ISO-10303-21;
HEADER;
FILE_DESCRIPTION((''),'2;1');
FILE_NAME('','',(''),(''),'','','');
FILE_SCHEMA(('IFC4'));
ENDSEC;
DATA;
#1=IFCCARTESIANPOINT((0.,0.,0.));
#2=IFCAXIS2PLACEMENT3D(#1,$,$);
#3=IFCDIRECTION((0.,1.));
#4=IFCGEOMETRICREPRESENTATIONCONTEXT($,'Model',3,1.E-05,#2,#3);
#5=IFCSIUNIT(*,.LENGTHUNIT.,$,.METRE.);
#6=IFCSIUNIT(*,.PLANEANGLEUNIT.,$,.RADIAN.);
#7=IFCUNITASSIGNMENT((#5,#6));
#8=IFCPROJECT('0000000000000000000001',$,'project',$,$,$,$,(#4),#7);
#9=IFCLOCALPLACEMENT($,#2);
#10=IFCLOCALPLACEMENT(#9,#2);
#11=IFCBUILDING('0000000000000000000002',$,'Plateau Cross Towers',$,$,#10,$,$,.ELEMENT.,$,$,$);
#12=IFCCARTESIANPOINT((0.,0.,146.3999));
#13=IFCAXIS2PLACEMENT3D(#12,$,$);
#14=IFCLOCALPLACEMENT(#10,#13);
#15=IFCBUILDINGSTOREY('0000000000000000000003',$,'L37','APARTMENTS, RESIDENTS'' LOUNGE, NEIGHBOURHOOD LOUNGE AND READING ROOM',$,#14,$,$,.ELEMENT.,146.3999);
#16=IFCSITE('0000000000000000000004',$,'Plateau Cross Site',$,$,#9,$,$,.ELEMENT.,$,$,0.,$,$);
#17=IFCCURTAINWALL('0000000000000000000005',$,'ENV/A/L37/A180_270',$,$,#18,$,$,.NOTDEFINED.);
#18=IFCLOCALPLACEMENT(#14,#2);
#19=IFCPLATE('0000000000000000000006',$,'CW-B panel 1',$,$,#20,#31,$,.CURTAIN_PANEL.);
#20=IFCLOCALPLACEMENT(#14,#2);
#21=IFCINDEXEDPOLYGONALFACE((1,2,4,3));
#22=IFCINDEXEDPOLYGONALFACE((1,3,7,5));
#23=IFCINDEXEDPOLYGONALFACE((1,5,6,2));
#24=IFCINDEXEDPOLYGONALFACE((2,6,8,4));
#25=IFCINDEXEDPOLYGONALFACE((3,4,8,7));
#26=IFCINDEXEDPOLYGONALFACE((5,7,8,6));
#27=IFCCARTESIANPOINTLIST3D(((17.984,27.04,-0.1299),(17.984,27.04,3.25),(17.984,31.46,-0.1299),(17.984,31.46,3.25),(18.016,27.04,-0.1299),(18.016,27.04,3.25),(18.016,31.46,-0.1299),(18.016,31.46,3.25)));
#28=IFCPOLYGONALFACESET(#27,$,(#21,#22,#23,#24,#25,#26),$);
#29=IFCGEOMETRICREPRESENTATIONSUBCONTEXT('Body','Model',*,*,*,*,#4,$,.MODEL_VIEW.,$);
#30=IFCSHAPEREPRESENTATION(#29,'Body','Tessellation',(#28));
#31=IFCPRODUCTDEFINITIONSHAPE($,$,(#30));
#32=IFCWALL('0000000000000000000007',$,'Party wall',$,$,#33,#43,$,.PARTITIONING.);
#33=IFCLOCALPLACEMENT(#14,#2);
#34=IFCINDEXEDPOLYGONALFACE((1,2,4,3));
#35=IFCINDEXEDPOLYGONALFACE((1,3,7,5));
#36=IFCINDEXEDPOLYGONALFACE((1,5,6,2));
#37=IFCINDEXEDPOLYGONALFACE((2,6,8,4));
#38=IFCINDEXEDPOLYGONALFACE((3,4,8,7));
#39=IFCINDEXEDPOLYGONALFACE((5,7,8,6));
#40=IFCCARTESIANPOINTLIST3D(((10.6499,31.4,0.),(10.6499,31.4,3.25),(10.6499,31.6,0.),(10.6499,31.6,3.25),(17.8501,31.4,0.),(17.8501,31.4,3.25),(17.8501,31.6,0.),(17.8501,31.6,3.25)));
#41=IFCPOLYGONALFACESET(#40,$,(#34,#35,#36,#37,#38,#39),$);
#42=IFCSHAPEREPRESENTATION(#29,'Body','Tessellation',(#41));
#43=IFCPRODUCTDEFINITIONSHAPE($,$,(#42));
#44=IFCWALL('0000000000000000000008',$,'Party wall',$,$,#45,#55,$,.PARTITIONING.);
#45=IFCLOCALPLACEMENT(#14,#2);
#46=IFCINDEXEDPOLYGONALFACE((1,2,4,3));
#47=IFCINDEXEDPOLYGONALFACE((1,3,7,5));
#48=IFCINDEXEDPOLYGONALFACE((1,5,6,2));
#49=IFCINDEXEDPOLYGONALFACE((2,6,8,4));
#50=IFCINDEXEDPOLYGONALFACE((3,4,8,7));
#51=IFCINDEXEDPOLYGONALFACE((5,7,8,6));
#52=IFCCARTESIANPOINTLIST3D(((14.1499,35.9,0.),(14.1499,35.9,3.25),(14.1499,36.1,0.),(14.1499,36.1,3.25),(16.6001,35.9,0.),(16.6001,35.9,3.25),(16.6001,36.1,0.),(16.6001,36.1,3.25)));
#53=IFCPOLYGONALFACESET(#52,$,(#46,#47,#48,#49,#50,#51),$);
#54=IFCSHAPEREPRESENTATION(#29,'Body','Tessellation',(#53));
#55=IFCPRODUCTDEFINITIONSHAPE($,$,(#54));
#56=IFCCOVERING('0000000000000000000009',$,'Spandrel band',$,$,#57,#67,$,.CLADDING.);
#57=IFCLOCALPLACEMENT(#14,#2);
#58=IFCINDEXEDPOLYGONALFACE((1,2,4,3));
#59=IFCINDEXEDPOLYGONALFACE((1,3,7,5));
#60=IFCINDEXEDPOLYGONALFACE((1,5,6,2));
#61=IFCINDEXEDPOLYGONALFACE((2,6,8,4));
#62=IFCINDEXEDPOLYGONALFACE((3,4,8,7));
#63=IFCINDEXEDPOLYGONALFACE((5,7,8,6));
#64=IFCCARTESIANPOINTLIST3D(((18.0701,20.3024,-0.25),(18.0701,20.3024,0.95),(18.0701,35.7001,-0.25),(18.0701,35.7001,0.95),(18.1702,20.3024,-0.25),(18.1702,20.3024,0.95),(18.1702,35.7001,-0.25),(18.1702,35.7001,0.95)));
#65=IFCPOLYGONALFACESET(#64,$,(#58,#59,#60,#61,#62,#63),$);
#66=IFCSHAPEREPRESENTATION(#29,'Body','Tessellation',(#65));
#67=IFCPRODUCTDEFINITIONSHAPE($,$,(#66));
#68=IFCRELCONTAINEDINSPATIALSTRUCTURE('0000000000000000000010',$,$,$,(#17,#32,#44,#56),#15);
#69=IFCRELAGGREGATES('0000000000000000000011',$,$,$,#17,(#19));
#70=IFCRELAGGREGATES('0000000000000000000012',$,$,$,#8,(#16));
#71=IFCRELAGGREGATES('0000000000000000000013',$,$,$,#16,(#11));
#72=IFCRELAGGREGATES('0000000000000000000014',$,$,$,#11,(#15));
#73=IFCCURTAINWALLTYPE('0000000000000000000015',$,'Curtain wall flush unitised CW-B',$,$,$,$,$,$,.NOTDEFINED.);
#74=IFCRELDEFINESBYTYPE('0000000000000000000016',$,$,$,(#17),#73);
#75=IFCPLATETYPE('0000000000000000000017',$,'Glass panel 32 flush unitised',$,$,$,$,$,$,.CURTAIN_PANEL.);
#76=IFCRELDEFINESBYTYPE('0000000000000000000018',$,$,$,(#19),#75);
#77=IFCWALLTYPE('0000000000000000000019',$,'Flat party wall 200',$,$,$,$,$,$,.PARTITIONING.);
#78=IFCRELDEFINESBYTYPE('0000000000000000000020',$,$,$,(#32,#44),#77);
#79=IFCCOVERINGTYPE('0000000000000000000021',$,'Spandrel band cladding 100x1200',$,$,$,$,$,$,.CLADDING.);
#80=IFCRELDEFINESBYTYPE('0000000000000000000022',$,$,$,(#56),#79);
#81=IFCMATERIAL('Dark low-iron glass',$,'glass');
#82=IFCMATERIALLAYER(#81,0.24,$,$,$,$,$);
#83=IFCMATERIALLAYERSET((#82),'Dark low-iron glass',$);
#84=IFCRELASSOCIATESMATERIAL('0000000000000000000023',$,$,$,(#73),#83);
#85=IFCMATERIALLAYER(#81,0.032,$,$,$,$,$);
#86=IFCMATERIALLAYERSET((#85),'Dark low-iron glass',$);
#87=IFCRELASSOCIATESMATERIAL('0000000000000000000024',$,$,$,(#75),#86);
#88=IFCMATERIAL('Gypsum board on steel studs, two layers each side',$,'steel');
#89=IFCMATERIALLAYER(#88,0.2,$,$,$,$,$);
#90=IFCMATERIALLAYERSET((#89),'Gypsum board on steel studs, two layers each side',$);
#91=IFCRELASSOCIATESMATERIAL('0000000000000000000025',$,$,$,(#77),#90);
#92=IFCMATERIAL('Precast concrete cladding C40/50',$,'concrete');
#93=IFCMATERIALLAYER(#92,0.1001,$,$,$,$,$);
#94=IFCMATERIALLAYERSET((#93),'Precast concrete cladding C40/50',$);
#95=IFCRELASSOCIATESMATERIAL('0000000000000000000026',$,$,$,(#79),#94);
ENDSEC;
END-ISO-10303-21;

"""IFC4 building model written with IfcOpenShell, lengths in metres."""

from ifc_helpers import new_model, si_unit, direction, frame, frame_2d, origin, origin_2d, place, context, subcontext, project, spatial, rectangle, extrude, material, layer, layer_set, type_object, element, aggregate, save


model = new_model("IFC4")

# Units and contexts
model_context = context("Model", 3, precision=1e-05, world=origin(), true_north=direction((0.0, 1.0)))
body_context = subcontext(model_context, "Body", "Model", "MODEL_VIEW")
ifc_project = project(units=[si_unit("LENGTHUNIT", "METRE"), si_unit("PLANEANGLEUNIT", "RADIAN")], contexts=[model_context])

# Site, building, storey
site_placement = place(None, origin())
site = spatial("IfcSite", under=ifc_project, at=site_placement, Name="Plateau Cross Site", CompositionType="ELEMENT", RefElevation=0.0)
building_placement = place(site_placement, origin())
building = spatial("IfcBuilding", under=site, at=building_placement, Name="Plateau Cross Towers", CompositionType="ELEMENT")
storey_placement = place(building_placement, frame((0.0, 0.0, 146.3999)))
storey = spatial("IfcBuildingStorey", under=building, at=storey_placement, Name="L37", Description="APARTMENTS, RESIDENTS' LOUNGE, NEIGHBOURHOOD LOUNGE AND READING ROOM", CompositionType="ELEMENT", Elevation=146.3999)

# Shared definitions
ifc_material_1 = material(Name="Dark low-iron glass", Category="glass")
ifc_layer_1 = layer(ifc_material_1, 0.24)
ifc_layer_set_1 = layer_set([ifc_layer_1], Name="Dark low-iron glass")
curtain_wall_type = type_object("IfcCurtainWallType", Name="Curtain wall flush unitised CW-B", PredefinedType="NOTDEFINED", material=ifc_layer_set_1)

# Curtain wall
curtain_wall_1_placement = place(storey_placement, origin())
curtain_wall_1 = element("IfcCurtainWall", 1, at=curtain_wall_1_placement, inside=storey, type_object=curtain_wall_type, Name="ENV/A/L37/A180_270", PredefinedType="NOTDEFINED")

# Plate
ifc_layer_2 = layer(ifc_material_1, 0.032)
ifc_layer_set_2 = layer_set([ifc_layer_2], Name="Dark low-iron glass")
plate_type = type_object("IfcPlateType", Name="Glass panel 32 flush unitised", PredefinedType="CURTAIN_PANEL", material=ifc_layer_set_2)
plate_1_placement = place(storey_placement, frame((18.0, 29.25, -0.1299), z_axis=(0.0, 0.0, 1.0), x_axis=(0.0, 1.0, 0.0)))
plate_1 = element("IfcPlate", 2, at=plate_1_placement, type_object=plate_type, Name="CW-B panel 1", PredefinedType="CURTAIN_PANEL", context=body_context, shape_type="SweptSolid", body=[
    extrude(rectangle(XDim=4.4199, YDim=0.032, at=origin_2d()), origin(), (0.0, 0.0, 1.0), 3.3799),
])
aggregate(curtain_wall_1, [plate_1])

# Walls
ifc_material_2 = material(Name="Gypsum board on steel studs, two layers each side", Category="steel")
ifc_layer_3 = layer(ifc_material_2, 0.2)
ifc_layer_set_3 = layer_set([ifc_layer_3], Name="Gypsum board on steel studs, two layers each side")
wall_type_1 = type_object("IfcWallType", Name="Flat party wall 200", PredefinedType="PARTITIONING", material=ifc_layer_set_3)
wall_1_placement = place(storey_placement, frame((17.8501, 31.5, 0.0), z_axis=(0.0, 0.0, 1.0), x_axis=(-1.0, 0.0, 0.0)))
element("IfcWall", 3, at=wall_1_placement, inside=storey, type_object=wall_type_1, Name="Party wall", PredefinedType="PARTITIONING", context=body_context, shape_type="SweptSolid", body=[
    extrude(rectangle(XDim=7.2002, YDim=0.2, at=frame_2d((3.6001, 0.0))), origin(), (0.0, 0.0, 1.0), 3.25),
])
wall_2_placement = place(storey_placement, frame((14.1499, 36.0, 0.0), z_axis=(0.0, 0.0, 1.0), x_axis=(1.0, 0.0, 0.0)))
element("IfcWall", 4, at=wall_2_placement, inside=storey, type_object=wall_type_1, Name="Party wall", PredefinedType="PARTITIONING", context=body_context, shape_type="SweptSolid", body=[
    extrude(rectangle(XDim=2.4502, YDim=0.2, at=frame_2d((1.2251, 0.0))), origin(), (0.0, 0.0, 1.0), 3.25),
])

# Covering
ifc_material_3 = material(Name="Precast concrete cladding C40/50", Category="concrete")
ifc_layer_4 = layer(ifc_material_3, 0.1001)
ifc_layer_set_4 = layer_set([ifc_layer_4], Name="Precast concrete cladding C40/50")
covering_type = type_object("IfcCoveringType", Name="Spandrel band cladding 100x1200", PredefinedType="CLADDING", material=ifc_layer_set_4)
covering_placement = place(storey_placement, frame((18.1201, 28.0012, -0.25), z_axis=(0.0, 0.0, 1.0), x_axis=(0.0, 1.0, 0.0)))
element("IfcCovering", 5, at=covering_placement, inside=storey, type_object=covering_type, Name="Spandrel band", PredefinedType="CLADDING", context=body_context, shape_type="SweptSolid", body=[
    extrude(rectangle(XDim=15.3977, YDim=0.1001, at=origin_2d()), origin(), (0.0, 0.0, 1.0), 1.2),
])

save(model, "model.ifc")
